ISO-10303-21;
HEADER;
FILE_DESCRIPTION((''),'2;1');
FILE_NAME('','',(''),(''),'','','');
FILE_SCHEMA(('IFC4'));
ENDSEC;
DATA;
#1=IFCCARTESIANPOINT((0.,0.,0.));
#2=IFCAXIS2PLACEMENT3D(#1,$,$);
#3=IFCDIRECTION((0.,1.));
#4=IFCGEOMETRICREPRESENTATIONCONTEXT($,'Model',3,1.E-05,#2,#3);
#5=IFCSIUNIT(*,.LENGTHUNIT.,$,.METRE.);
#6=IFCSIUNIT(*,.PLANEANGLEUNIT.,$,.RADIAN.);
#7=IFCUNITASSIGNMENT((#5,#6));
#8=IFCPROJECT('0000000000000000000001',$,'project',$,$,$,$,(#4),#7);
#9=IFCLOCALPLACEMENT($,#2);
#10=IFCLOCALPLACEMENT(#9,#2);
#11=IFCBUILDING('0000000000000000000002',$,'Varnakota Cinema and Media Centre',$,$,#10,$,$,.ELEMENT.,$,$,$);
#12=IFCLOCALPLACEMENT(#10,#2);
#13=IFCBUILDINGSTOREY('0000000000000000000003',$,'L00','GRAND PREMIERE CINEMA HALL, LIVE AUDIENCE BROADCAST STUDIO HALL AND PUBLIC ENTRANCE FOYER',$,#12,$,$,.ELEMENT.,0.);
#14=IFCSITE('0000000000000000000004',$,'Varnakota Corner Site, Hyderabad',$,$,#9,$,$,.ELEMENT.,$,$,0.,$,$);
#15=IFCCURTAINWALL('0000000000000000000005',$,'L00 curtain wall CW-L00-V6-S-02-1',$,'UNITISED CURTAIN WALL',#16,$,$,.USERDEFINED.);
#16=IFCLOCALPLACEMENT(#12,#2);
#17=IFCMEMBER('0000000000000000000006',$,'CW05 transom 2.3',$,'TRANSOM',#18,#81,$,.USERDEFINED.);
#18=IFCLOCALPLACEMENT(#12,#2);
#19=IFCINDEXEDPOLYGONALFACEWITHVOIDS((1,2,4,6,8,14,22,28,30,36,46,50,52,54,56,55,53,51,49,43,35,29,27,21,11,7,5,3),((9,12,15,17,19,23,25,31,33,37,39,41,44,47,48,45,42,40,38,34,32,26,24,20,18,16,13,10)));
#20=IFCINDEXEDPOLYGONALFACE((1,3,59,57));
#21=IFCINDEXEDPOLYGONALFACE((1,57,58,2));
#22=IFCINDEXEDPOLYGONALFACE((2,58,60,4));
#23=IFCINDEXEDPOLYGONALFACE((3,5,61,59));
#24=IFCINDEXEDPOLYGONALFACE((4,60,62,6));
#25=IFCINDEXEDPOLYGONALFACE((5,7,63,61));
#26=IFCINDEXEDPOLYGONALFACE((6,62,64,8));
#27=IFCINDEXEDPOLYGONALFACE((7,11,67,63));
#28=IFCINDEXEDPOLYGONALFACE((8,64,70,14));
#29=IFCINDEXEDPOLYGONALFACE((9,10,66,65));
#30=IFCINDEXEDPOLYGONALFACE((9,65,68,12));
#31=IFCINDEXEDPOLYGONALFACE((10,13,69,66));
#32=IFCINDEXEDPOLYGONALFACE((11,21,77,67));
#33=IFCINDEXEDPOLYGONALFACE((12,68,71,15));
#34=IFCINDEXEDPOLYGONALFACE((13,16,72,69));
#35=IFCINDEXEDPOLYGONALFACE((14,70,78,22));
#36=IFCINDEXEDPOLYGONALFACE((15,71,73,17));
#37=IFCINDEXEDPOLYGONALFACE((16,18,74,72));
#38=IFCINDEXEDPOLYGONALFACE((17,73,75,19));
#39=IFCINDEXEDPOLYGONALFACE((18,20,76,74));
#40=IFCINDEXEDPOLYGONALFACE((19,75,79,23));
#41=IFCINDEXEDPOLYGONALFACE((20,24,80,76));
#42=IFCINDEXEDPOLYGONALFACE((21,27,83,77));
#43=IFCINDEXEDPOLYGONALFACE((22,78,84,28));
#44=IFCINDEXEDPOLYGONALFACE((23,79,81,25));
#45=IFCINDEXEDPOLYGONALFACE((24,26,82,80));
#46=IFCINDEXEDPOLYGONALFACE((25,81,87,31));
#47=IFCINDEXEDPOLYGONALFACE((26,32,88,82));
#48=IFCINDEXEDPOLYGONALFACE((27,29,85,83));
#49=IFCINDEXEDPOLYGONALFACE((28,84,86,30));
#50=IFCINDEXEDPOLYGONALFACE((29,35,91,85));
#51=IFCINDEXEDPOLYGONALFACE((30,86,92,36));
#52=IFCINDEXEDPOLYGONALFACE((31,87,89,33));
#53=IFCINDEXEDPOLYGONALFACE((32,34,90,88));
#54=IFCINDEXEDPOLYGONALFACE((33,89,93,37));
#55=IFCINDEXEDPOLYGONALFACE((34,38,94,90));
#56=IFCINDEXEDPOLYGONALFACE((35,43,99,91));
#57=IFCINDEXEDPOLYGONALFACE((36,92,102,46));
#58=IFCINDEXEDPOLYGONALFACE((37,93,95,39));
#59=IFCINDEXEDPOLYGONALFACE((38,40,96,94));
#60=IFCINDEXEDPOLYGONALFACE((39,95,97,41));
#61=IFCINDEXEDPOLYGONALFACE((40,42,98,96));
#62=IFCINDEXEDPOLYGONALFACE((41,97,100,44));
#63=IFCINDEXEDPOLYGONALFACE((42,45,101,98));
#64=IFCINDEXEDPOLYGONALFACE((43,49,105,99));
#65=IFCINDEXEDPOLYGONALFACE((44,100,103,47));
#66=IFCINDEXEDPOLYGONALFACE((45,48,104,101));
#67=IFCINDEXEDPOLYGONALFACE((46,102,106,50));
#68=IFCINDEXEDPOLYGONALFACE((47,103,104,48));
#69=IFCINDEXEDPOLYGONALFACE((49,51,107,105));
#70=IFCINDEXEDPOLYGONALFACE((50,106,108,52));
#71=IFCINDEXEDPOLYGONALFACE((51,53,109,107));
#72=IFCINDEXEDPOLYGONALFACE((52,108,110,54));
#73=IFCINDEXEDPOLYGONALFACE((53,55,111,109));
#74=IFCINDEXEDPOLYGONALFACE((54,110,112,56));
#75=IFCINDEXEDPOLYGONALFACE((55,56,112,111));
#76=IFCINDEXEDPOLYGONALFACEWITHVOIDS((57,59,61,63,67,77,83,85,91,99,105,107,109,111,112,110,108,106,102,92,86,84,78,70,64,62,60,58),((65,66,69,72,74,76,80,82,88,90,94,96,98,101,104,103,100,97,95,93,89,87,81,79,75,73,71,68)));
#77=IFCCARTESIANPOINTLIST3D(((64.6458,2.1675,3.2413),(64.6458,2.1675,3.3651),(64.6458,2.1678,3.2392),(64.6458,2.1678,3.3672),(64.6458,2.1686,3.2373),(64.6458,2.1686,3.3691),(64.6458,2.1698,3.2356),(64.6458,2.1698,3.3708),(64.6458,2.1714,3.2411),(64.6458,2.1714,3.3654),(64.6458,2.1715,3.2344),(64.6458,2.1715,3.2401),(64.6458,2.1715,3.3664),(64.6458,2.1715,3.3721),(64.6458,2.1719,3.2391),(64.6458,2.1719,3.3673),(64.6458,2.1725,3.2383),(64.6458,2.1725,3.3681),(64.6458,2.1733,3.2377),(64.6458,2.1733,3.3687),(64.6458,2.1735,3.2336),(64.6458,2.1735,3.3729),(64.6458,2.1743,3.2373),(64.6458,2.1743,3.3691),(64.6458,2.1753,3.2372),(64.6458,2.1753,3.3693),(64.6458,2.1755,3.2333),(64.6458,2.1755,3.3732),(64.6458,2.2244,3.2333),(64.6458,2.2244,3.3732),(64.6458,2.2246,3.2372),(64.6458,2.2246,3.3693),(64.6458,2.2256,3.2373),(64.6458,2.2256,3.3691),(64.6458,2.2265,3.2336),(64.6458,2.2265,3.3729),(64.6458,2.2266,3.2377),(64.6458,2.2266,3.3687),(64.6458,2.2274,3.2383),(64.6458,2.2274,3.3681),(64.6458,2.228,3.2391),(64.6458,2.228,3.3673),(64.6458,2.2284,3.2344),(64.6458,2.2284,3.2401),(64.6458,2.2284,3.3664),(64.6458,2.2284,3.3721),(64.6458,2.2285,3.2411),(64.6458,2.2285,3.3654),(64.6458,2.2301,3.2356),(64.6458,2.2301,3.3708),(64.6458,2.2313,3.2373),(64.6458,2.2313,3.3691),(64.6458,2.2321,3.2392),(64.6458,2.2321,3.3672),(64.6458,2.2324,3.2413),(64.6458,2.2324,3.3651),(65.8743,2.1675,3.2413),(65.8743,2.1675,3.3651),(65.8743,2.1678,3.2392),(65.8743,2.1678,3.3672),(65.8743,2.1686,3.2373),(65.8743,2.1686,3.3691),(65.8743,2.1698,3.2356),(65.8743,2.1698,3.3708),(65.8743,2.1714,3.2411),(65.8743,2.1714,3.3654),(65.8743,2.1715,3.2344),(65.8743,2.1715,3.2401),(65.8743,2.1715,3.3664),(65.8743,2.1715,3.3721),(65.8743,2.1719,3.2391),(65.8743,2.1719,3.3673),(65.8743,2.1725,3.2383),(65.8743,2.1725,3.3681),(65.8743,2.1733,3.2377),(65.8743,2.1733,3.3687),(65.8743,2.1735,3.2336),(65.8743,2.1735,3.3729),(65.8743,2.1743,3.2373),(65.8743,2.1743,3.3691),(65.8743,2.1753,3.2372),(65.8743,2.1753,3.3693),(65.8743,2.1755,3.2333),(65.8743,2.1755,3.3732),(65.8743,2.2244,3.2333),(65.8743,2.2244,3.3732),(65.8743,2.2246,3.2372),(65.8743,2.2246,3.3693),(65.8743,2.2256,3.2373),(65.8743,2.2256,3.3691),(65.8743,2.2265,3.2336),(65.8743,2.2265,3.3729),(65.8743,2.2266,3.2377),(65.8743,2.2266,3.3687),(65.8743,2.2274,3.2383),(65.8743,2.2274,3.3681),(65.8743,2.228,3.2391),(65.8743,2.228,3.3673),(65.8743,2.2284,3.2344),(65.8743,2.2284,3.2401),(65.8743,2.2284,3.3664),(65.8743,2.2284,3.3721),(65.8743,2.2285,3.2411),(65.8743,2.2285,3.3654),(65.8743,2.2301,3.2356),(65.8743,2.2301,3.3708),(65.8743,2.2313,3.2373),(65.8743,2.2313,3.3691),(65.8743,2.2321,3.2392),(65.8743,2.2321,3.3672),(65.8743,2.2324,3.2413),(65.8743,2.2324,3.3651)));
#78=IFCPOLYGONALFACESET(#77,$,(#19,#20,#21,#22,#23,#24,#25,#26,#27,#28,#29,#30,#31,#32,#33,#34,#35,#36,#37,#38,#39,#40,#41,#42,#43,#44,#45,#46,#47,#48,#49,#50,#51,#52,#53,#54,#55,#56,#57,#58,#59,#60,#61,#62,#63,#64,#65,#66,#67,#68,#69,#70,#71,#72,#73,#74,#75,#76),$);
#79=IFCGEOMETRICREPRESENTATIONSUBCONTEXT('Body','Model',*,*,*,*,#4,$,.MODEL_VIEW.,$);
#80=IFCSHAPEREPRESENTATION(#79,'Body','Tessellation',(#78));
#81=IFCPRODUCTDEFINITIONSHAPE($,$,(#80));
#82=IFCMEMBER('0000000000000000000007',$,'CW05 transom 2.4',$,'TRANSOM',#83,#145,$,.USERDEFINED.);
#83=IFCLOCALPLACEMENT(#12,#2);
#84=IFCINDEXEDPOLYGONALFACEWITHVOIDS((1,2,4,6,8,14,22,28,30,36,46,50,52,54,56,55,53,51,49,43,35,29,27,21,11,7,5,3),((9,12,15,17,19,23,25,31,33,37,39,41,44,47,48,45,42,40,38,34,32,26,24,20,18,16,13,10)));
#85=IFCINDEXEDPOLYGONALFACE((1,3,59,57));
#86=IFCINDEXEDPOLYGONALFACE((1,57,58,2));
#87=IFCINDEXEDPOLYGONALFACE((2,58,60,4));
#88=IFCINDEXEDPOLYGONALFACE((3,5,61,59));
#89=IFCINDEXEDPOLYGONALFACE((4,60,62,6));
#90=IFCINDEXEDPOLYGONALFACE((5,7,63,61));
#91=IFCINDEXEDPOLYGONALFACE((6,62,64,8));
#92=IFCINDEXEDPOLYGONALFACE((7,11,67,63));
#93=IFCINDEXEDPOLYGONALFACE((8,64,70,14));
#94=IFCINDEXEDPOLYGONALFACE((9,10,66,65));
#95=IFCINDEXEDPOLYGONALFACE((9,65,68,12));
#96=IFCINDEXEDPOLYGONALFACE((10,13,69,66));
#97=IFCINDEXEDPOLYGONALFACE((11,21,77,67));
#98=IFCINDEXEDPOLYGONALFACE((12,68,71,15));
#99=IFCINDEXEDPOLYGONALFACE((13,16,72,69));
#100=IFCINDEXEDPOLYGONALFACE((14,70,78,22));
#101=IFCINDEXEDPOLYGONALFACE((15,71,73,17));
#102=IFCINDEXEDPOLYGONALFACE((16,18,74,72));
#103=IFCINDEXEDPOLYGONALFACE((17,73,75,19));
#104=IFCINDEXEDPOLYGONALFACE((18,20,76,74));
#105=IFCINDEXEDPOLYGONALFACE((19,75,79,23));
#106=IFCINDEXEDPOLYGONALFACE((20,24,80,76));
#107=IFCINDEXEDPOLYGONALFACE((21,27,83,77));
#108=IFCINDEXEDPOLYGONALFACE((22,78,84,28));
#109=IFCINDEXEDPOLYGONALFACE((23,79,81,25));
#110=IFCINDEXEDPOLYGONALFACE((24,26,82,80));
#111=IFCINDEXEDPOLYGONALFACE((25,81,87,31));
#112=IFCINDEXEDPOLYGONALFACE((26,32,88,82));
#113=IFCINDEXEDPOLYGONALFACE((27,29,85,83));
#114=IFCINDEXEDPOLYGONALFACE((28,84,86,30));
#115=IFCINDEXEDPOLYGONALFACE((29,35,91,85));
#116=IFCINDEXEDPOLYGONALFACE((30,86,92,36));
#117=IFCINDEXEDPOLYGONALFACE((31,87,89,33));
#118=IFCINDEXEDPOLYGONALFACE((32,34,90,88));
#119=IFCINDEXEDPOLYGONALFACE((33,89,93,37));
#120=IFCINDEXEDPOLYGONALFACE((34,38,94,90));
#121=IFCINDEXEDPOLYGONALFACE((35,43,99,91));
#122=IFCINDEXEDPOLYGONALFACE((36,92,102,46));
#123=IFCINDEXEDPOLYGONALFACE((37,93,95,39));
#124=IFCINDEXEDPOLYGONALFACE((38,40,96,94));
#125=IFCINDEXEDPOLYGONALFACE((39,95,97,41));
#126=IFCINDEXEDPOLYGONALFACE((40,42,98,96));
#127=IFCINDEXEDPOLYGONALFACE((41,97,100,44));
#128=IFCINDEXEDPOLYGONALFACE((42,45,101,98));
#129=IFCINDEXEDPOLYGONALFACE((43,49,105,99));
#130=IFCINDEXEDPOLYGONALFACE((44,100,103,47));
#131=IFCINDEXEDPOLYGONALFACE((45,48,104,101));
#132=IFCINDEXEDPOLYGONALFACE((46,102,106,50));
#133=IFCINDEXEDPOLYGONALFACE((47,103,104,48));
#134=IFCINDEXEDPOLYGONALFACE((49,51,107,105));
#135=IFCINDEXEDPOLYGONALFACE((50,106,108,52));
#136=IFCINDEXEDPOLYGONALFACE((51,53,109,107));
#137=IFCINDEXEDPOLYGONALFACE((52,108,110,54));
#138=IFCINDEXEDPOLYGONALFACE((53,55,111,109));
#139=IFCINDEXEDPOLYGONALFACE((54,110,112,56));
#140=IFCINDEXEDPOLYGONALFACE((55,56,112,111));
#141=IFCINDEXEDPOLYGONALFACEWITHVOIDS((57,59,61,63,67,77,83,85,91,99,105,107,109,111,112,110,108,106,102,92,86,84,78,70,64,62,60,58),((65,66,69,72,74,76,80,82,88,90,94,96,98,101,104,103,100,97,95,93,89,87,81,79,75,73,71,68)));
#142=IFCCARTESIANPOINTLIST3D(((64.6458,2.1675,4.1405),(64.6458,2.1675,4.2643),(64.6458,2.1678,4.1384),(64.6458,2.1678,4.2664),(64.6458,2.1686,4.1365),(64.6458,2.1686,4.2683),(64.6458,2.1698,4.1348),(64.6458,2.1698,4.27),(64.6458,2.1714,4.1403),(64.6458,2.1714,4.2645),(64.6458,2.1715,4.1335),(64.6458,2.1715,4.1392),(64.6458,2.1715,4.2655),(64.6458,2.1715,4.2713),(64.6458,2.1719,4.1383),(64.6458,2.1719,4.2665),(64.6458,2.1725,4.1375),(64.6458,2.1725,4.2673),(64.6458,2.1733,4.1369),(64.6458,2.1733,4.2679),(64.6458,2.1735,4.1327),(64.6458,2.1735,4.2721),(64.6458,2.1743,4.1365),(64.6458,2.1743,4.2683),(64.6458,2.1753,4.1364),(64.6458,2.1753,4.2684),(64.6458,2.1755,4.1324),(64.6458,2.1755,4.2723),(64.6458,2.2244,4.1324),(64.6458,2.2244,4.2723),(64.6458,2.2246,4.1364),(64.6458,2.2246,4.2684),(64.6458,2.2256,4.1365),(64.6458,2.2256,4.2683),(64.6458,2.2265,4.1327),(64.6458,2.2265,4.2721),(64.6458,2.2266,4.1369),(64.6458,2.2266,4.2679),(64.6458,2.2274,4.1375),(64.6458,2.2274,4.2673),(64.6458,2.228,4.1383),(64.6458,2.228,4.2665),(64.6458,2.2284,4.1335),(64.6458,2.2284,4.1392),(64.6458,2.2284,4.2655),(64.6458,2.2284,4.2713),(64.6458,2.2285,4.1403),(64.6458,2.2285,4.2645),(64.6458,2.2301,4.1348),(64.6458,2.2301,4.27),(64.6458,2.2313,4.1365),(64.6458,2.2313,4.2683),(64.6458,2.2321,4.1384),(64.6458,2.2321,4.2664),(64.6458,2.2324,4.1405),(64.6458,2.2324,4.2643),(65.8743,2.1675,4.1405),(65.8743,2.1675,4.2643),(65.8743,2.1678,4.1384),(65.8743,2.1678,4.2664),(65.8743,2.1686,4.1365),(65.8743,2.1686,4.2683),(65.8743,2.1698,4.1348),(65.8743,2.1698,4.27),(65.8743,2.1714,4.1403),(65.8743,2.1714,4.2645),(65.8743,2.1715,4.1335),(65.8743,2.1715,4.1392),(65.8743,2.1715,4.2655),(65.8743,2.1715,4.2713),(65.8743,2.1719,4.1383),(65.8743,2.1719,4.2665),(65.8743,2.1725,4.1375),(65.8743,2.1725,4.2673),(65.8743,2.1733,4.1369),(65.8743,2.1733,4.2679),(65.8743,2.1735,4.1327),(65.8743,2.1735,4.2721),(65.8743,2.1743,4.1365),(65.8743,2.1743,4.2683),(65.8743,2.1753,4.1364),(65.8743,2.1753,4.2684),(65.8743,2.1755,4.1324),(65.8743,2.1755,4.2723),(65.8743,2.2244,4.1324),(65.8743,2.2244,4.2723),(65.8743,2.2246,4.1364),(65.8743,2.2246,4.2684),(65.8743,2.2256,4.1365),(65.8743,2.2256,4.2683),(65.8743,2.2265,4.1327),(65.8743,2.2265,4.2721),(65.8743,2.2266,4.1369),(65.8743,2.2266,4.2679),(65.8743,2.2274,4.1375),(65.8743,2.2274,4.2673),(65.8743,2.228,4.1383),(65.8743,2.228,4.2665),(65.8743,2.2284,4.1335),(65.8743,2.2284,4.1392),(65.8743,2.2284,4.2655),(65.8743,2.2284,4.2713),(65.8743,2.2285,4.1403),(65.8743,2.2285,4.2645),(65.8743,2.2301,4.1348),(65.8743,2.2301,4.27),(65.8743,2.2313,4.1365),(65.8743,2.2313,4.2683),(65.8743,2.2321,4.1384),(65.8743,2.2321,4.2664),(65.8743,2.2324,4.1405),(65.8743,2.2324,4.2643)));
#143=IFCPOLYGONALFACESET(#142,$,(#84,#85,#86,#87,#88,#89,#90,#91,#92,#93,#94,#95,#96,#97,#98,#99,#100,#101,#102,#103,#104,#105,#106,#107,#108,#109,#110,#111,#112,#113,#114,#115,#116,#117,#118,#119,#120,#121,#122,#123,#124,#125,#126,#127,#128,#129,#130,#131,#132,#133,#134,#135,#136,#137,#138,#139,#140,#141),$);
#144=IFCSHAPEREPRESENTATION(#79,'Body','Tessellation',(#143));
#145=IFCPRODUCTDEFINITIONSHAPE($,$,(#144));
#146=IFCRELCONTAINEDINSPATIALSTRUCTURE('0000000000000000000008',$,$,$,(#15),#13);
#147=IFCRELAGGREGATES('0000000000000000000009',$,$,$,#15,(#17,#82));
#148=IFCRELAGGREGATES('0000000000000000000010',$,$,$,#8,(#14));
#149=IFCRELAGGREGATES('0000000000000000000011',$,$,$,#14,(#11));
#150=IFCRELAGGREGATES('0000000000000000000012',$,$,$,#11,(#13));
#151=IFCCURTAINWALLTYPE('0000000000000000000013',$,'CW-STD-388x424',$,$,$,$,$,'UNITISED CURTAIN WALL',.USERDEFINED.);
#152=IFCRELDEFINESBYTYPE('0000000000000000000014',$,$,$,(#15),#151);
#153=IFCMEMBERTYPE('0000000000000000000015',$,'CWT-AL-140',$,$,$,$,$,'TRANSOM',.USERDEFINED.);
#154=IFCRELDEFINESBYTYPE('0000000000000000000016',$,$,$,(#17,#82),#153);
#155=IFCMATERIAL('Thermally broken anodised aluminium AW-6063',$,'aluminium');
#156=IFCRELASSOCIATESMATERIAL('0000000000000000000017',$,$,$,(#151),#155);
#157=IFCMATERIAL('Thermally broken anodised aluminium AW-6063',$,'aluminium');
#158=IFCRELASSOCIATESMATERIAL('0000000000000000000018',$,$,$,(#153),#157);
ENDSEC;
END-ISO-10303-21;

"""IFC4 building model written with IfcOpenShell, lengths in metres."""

from ifc_helpers import new_model, si_unit, direction, frame, origin, origin_2d, place, context, subcontext, project, spatial, hollow_rectangle, extrude, material, material_profile, profile_set, type_object, element, aggregate, save


model = new_model("IFC4")

# Units and contexts
model_context = context("Model", 3, precision=1e-05, world=origin(), true_north=direction((0.0, 1.0)))
body_context = subcontext(model_context, "Body", "Model", "MODEL_VIEW")
ifc_project = project(units=[si_unit("LENGTHUNIT", "METRE"), si_unit("PLANEANGLEUNIT", "RADIAN")], contexts=[model_context])

# Site, building, storey
site_placement = place(None, origin())
site = spatial("IfcSite", under=ifc_project, at=site_placement, Name="Varnakota Corner Site, Hyderabad", CompositionType="ELEMENT", RefElevation=0.0)
building_placement = place(site_placement, origin())
building = spatial("IfcBuilding", under=site, at=building_placement, Name="Varnakota Cinema and Media Centre", CompositionType="ELEMENT")
storey_placement = place(building_placement, origin())
storey = spatial("IfcBuildingStorey", under=building, at=storey_placement, Name="L00", Description="GRAND PREMIERE CINEMA HALL, LIVE AUDIENCE BROADCAST STUDIO HALL AND PUBLIC ENTRANCE FOYER", CompositionType="ELEMENT", Elevation=0.0)

# Curtain wall
ifc_material_1 = material(Name="Thermally broken anodised aluminium AW-6063", Category="aluminium")
curtain_wall_type = type_object("IfcCurtainWallType", Name="CW-STD-388x424", ElementType="UNITISED CURTAIN WALL", PredefinedType="USERDEFINED", material=ifc_material_1)
curtain_wall_1_placement = place(storey_placement, origin())
curtain_wall_1 = element("IfcCurtainWall", 1, at=curtain_wall_1_placement, inside=storey, type_object=curtain_wall_type, Name="L00 curtain wall CW-L00-V6-S-02-1", ObjectType="UNITISED CURTAIN WALL", PredefinedType="USERDEFINED")

# Members
ifc_material_2 = material(Name="Thermally broken anodised aluminium AW-6063", Category="aluminium")
ifc_material_profile_1 = material_profile(ifc_material_2, hollow_rectangle(XDim=0.0649, YDim=0.1399, WallThickness=0.0039, InnerFilletRadius=0.0039, OuterFilletRadius=0.0081, at=origin_2d()), Name="AL-TRANSOM 140x65x4")
ifc_profile_set_1 = profile_set([ifc_material_profile_1], Name="Thermally broken anodised aluminium AW-6063")
member_type_1 = type_object("IfcMemberType", Name="CWT-AL-140", ElementType="TRANSOM", PredefinedType="USERDEFINED", material=ifc_profile_set_1)
member_1_placement = place(storey_placement, frame((65.8743, 2.2, 3.3032), z_axis=(-1.0, 0.0, 0.0), x_axis=(0.0, -1.0, 0.0)))
member_1 = element("IfcMember", 2, at=member_1_placement, type_object=member_type_1, Name="CW05 transom 2.3", ObjectType="TRANSOM", PredefinedType="USERDEFINED", context=body_context, shape_type="SweptSolid", body=[
    extrude(hollow_rectangle(XDim=0.0649, YDim=0.1399, WallThickness=0.0039, InnerFilletRadius=0.0039, OuterFilletRadius=0.0081, at=origin_2d()), origin(), (0.0, 0.0, 1.0), 1.2285),
])
member_2_placement = place(storey_placement, frame((65.8743, 2.2, 4.2024), z_axis=(-1.0, 0.0, 0.0), x_axis=(0.0, -1.0, 0.0)))
member_2 = element("IfcMember", 3, at=member_2_placement, type_object=member_type_1, Name="CW05 transom 2.4", ObjectType="TRANSOM", PredefinedType="USERDEFINED", context=body_context, shape_type="SweptSolid", body=[
    extrude(hollow_rectangle(XDim=0.0649, YDim=0.1399, WallThickness=0.0039, InnerFilletRadius=0.0039, OuterFilletRadius=0.0081, at=origin_2d()), origin(), (0.0, 0.0, 1.0), 1.2285),
])

aggregate(curtain_wall_1, [member_1, member_2])

save(model, "model.ifc")
